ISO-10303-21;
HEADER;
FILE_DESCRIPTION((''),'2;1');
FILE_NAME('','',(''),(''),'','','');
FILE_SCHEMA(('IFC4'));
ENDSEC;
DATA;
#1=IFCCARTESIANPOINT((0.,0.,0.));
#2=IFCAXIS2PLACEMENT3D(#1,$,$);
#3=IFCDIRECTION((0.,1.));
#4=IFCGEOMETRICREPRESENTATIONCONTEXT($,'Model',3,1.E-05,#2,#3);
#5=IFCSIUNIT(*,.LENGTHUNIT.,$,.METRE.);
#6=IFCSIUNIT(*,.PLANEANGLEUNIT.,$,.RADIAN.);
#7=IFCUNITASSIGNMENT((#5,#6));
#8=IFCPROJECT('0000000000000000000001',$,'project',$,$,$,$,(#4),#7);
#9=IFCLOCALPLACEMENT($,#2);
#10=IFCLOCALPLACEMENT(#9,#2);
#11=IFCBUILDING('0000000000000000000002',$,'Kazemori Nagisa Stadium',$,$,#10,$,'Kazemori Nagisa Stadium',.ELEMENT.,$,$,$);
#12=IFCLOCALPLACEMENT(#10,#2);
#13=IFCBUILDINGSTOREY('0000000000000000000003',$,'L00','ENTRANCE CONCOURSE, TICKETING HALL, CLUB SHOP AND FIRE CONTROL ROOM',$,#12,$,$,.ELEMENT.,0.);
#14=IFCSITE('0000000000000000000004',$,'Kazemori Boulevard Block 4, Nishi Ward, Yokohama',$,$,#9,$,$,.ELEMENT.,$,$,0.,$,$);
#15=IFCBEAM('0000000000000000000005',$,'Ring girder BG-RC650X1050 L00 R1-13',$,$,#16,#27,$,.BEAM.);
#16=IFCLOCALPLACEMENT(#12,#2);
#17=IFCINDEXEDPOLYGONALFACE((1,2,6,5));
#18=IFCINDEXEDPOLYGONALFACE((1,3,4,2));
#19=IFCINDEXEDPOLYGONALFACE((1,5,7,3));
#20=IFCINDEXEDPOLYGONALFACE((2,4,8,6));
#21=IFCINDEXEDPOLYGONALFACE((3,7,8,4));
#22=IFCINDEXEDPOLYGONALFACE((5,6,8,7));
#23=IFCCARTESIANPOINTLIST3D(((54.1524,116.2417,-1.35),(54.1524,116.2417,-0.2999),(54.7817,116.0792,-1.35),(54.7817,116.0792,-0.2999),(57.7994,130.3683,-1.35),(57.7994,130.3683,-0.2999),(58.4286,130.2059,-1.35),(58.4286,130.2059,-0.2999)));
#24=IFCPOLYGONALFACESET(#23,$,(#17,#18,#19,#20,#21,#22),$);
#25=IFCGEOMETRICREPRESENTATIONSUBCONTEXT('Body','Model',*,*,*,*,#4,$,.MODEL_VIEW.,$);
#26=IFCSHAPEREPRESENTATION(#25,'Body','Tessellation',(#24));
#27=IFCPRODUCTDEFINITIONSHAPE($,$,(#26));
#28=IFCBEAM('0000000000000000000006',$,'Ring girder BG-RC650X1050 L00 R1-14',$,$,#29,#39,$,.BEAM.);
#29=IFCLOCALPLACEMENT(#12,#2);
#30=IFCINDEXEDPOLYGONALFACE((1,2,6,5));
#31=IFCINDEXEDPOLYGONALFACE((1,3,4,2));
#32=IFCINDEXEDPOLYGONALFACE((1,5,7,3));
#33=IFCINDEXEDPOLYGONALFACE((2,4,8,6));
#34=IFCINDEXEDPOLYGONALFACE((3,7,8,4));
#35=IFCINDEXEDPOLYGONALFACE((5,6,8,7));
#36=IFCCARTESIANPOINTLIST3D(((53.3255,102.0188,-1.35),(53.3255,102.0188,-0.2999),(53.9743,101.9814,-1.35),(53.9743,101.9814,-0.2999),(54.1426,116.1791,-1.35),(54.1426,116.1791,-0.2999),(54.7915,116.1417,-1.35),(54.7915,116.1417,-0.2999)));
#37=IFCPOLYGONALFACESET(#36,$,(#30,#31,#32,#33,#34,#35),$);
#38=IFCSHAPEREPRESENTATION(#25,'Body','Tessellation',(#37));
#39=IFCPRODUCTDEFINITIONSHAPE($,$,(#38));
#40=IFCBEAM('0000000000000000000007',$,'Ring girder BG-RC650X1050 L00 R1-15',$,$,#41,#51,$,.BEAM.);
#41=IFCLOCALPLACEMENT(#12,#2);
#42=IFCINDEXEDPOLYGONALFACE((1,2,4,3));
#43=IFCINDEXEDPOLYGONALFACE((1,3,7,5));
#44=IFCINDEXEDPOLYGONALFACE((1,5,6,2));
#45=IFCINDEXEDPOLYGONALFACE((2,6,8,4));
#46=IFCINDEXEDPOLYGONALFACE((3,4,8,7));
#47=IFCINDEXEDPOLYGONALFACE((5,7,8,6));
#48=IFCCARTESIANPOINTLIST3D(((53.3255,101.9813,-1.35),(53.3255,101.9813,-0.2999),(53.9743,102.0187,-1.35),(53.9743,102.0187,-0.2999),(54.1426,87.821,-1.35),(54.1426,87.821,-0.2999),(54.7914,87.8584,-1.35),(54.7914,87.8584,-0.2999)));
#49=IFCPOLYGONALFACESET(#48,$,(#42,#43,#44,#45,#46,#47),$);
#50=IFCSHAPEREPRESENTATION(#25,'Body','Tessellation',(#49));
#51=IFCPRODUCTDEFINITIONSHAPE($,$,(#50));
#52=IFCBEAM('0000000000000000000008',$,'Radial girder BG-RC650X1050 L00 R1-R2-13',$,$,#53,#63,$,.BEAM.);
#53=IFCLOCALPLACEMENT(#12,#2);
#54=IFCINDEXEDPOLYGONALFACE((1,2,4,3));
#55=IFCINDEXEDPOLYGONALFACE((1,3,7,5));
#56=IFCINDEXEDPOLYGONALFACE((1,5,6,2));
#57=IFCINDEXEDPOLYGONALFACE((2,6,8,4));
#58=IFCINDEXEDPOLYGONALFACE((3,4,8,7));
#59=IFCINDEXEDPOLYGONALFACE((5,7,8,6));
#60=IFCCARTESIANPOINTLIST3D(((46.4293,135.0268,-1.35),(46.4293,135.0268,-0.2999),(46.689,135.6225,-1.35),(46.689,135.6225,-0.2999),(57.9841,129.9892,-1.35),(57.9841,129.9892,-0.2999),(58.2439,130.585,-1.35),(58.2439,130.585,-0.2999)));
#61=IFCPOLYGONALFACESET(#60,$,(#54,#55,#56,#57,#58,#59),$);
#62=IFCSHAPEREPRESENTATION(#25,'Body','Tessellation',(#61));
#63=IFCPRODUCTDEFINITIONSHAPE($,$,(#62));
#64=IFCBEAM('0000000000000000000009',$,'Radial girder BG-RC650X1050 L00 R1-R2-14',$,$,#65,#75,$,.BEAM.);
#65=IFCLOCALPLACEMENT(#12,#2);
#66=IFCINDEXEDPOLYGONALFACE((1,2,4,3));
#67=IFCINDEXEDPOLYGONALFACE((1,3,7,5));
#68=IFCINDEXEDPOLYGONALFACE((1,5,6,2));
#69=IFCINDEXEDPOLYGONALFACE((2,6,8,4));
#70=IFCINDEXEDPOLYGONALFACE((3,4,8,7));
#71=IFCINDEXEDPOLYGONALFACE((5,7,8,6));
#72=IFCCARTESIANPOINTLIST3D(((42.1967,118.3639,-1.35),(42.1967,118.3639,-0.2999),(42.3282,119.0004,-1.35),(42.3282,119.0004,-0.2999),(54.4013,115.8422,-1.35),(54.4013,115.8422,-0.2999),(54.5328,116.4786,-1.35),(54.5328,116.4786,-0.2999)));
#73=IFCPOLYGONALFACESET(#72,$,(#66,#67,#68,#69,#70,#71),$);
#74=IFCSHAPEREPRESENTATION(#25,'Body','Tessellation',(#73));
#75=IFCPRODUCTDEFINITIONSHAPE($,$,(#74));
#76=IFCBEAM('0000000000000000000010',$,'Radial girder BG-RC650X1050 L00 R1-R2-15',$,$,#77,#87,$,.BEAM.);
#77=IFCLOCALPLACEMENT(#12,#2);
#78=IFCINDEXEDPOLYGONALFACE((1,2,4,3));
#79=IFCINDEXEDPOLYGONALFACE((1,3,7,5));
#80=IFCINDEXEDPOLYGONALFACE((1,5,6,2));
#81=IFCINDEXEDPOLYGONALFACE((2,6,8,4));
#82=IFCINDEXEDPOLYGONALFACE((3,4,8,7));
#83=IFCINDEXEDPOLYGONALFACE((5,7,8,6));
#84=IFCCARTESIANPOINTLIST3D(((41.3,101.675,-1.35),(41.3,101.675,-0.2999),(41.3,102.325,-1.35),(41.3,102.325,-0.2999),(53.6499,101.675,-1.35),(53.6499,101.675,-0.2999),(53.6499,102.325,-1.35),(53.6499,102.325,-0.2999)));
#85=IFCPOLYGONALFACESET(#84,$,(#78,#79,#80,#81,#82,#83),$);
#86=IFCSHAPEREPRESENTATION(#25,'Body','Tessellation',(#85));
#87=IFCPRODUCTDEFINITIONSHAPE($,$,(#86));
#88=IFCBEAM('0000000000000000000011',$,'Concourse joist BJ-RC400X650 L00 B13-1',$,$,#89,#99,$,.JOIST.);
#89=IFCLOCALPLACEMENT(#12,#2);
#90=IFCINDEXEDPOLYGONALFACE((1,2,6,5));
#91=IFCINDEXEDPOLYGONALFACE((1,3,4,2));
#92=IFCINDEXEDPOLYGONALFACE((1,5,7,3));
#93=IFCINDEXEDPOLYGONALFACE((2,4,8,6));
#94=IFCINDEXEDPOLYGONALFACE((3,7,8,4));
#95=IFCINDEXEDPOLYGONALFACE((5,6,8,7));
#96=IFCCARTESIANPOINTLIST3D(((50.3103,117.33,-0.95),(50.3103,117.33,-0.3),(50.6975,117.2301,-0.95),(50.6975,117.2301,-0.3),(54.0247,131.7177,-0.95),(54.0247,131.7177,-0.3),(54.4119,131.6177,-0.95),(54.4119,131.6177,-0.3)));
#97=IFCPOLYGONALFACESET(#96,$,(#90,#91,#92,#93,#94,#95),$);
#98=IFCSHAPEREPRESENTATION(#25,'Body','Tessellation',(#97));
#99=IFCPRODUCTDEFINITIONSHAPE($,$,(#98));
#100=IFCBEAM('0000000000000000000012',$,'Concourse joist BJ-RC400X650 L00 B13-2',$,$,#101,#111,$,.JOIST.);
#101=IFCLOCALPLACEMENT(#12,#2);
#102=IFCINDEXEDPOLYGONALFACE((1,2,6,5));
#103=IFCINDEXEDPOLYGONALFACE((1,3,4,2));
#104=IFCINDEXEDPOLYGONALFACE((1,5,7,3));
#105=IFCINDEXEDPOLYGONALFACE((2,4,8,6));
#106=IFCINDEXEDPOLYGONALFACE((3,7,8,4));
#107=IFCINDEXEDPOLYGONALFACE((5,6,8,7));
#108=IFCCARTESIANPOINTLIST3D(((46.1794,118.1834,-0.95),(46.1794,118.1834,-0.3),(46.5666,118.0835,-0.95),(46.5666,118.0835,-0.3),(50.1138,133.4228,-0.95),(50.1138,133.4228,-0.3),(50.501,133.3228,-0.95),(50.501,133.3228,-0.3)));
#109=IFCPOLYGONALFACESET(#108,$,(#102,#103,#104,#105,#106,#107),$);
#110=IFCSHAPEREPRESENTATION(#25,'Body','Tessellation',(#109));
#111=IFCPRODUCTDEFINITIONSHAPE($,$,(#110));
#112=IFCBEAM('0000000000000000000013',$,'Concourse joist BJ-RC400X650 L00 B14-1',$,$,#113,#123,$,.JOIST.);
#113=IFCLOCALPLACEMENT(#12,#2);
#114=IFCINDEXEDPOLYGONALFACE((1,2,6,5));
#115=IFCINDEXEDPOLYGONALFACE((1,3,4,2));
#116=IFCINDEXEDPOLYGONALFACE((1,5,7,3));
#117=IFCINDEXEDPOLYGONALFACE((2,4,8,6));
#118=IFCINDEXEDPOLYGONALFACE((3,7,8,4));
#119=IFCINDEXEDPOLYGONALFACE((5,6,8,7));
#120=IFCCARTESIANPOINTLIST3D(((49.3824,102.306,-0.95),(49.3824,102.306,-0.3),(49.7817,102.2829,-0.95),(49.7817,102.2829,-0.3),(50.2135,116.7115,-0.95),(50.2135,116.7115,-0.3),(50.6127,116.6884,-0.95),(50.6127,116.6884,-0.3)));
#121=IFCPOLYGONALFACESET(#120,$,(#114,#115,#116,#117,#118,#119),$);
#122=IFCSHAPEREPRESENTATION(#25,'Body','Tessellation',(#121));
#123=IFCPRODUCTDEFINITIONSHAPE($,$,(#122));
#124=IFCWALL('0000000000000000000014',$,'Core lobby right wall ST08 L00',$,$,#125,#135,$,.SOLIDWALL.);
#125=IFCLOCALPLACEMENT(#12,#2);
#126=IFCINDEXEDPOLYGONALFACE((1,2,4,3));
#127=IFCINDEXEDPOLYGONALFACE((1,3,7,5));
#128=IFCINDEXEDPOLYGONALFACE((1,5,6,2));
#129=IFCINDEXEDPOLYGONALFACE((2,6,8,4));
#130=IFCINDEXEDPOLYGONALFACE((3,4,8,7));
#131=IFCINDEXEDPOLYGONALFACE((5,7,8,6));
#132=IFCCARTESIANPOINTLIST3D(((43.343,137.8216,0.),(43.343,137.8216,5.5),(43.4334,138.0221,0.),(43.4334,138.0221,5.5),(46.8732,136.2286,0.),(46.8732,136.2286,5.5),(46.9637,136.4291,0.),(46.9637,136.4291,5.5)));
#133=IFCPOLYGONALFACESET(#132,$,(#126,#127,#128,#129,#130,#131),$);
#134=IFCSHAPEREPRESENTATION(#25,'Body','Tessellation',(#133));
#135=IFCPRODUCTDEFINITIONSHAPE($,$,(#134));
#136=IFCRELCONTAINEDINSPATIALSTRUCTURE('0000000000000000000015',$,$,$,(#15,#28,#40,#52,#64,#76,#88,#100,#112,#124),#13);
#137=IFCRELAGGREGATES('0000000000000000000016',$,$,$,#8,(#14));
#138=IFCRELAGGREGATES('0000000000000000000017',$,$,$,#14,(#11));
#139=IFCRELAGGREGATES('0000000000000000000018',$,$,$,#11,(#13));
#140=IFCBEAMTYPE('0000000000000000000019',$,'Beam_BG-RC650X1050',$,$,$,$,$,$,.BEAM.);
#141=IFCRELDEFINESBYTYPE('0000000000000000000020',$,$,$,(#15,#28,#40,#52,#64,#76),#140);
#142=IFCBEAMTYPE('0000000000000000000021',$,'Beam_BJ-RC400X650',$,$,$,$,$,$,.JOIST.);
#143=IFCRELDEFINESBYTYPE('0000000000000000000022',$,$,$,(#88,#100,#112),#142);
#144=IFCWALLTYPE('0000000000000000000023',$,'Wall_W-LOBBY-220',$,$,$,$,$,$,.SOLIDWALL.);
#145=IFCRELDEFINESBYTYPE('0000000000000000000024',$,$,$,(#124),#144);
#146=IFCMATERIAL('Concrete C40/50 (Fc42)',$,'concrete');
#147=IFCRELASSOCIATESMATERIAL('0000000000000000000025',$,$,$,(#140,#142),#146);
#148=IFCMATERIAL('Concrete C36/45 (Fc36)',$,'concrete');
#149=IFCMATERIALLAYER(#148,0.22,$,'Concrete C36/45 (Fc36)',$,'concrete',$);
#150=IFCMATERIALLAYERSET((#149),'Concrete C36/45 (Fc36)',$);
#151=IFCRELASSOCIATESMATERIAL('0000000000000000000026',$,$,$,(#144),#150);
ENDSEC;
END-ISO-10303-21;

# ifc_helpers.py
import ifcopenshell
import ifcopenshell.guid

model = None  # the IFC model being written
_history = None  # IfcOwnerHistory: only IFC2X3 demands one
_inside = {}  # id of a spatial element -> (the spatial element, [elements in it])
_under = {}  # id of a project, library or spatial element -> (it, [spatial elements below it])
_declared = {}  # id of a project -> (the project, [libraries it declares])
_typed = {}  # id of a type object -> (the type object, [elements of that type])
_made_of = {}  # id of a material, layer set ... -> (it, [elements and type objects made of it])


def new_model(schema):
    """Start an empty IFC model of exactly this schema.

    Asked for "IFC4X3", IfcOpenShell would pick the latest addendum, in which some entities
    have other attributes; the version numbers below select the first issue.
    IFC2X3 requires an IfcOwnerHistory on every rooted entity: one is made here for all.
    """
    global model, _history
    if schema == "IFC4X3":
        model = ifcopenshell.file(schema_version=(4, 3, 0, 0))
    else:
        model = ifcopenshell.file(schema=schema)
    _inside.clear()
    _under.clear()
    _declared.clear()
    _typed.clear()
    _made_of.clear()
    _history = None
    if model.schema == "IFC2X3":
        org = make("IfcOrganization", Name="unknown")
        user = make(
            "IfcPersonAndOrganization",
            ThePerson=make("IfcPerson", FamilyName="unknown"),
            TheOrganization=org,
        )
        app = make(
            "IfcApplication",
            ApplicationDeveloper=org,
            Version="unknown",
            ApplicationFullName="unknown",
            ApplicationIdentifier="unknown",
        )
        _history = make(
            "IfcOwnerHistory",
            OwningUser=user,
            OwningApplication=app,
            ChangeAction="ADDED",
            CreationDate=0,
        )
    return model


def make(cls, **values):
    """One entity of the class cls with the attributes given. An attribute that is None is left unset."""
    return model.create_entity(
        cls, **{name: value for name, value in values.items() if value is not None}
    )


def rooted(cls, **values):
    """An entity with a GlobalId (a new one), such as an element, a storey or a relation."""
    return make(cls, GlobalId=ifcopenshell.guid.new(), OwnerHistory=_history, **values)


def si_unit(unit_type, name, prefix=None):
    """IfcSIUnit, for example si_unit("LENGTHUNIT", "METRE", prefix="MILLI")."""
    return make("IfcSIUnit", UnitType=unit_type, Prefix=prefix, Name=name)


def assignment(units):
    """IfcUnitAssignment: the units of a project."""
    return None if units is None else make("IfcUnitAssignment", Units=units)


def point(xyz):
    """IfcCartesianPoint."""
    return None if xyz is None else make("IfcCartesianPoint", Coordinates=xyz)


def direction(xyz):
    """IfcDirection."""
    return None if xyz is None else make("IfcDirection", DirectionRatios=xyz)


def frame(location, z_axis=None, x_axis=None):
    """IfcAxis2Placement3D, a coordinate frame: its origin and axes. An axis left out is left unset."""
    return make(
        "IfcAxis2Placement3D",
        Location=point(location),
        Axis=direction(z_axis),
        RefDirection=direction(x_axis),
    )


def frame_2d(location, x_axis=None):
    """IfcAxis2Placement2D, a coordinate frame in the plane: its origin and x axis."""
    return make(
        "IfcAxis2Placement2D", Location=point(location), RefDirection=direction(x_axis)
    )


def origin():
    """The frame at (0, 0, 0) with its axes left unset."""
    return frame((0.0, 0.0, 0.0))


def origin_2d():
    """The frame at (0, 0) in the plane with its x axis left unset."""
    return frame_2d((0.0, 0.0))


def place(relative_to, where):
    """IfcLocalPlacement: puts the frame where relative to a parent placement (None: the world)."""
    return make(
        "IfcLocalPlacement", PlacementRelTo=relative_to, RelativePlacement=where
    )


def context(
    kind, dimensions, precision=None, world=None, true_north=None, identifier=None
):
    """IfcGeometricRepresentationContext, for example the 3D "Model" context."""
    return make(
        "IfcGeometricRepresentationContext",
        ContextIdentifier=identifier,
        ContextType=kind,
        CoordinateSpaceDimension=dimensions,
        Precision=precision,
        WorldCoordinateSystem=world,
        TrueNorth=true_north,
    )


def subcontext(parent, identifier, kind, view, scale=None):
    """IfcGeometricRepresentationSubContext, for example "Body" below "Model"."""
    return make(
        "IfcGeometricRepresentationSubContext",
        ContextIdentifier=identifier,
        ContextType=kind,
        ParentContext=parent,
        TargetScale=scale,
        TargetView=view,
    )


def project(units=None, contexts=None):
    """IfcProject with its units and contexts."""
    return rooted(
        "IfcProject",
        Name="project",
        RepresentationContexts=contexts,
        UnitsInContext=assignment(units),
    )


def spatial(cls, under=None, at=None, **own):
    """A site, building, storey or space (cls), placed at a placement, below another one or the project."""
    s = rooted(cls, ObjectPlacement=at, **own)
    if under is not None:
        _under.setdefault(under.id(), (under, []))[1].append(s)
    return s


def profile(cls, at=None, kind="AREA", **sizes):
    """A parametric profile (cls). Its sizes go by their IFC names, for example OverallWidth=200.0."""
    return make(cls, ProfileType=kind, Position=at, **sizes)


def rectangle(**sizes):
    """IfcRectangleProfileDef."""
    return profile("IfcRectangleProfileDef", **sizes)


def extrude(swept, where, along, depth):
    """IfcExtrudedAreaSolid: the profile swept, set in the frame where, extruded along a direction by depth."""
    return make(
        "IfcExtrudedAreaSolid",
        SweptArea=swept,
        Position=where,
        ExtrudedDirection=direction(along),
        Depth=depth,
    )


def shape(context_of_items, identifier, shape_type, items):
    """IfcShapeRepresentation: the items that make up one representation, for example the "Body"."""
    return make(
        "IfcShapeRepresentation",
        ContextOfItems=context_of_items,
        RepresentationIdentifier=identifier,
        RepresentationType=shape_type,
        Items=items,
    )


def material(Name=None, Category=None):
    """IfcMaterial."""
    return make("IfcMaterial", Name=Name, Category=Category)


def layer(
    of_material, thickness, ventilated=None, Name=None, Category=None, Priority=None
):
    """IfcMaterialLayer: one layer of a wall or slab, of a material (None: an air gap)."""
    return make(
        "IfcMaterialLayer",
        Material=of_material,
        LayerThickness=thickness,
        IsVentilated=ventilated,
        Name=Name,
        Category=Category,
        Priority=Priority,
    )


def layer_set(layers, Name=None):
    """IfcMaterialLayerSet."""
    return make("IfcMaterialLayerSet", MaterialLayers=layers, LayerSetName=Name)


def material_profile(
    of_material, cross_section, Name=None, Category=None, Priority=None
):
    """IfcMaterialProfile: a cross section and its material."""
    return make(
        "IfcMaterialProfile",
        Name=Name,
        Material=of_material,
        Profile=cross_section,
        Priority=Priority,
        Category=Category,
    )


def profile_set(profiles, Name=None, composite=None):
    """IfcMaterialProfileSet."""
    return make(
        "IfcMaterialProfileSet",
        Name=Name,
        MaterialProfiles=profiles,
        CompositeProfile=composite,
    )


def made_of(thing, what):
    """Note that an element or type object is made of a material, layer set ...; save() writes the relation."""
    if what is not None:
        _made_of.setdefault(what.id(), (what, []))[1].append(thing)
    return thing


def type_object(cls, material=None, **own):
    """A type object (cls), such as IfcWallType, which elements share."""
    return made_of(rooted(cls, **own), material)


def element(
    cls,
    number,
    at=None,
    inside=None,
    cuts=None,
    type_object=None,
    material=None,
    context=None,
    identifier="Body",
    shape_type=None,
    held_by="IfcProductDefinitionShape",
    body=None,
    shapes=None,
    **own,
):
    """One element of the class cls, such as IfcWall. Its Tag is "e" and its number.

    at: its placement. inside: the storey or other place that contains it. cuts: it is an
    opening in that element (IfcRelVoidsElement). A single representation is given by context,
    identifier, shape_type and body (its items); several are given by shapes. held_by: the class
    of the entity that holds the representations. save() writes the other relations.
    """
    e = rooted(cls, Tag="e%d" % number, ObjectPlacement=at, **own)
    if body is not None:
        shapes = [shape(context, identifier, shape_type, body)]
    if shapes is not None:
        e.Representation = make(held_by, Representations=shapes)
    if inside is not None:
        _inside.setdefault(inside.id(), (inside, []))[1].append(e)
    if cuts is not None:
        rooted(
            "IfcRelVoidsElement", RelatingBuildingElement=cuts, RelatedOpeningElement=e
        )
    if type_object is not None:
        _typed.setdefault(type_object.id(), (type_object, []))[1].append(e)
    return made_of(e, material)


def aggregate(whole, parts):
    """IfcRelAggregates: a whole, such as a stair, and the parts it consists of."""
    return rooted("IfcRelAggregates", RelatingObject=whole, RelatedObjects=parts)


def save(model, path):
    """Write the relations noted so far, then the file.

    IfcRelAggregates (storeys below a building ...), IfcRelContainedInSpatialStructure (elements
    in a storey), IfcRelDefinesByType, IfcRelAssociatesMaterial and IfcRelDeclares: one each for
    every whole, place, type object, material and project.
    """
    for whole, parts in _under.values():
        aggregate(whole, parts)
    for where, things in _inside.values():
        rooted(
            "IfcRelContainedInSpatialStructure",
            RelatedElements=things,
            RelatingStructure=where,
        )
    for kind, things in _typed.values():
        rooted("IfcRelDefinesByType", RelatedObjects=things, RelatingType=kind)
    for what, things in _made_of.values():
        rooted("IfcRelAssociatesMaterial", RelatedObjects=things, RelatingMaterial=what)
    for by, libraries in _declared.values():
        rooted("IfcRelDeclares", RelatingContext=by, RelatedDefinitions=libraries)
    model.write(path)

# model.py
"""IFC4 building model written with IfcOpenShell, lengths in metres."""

from ifc_helpers import new_model, si_unit, direction, frame, frame_2d, origin, origin_2d, place, context, subcontext, project, spatial, rectangle, extrude, material, layer, layer_set, material_profile, profile_set, type_object, element, save


model = new_model("IFC4")

# Units and contexts
model_context = context("Model", 3, precision=1e-05, world=origin(), true_north=direction((0.0, 1.0)))
body_context = subcontext(model_context, "Body", "Model", "MODEL_VIEW")
ifc_project = project(units=[si_unit("LENGTHUNIT", "METRE"), si_unit("PLANEANGLEUNIT", "RADIAN")], contexts=[model_context])

# Site, building, storey
site_placement = place(None, origin())
site = spatial("IfcSite", under=ifc_project, at=site_placement, Name="Kazemori Boulevard Block 4, Nishi Ward, Yokohama", CompositionType="ELEMENT", RefElevation=0.0)
building_placement = place(site_placement, origin())
building = spatial("IfcBuilding", under=site, at=building_placement, Name="Kazemori Nagisa Stadium", LongName="Kazemori Nagisa Stadium", CompositionType="ELEMENT")
storey_placement = place(building_placement, origin())
storey = spatial("IfcBuildingStorey", under=building, at=storey_placement, Name="L00", Description="ENTRANCE CONCOURSE, TICKETING HALL, CLUB SHOP AND FIRE CONTROL ROOM", CompositionType="ELEMENT", Elevation=0.0)

# Shared definitions
ifc_material_1 = material(Name="Concrete C40/50 (Fc42)", Category="concrete")

# Beams
ifc_material_profile_1 = material_profile(ifc_material_1, rectangle(XDim=0.6499, YDim=1.05, at=origin_2d()), Name="RC-BM-650x1050")
ifc_profile_set_1 = profile_set([ifc_material_profile_1], Name="Concrete C40/50 (Fc42)")
beam_type_1 = type_object("IfcBeamType", Name="Beam_BG-RC650X1050", PredefinedType="BEAM", material=ifc_profile_set_1)
beam_1_placement = place(storey_placement, frame((58.114, 130.2871, -0.825), z_axis=(-0.249966, -0.968255, 0.0), x_axis=(0.968255, -0.249966, 0.0)))
element("IfcBeam", 1, at=beam_1_placement, inside=storey, type_object=beam_type_1, Name="Ring girder BG-RC650X1050 L00 R1-13", PredefinedType="BEAM", context=body_context, shape_type="SweptSolid", body=[
    extrude(rectangle(XDim=0.6499, YDim=1.05, at=origin_2d()), origin(), (0.0, 0.0, 1.0), 14.5898),
])
for number, where, z_axis, x_axis, name in (
    (2, (54.467, 116.1604, -0.825), (-0.05761, -0.998339, 0.0), (0.998339, -0.05761, 0.0), "Ring girder BG-RC650X1050 L00 R1-14"),
    (3, (53.6499, 102.0, -0.825), (0.05761, -0.998339, 0.0), (0.998339, 0.05761, 0.0), "Ring girder BG-RC650X1050 L00 R1-15"),
):
    element("IfcBeam", number, at=place(storey_placement, frame(where, z_axis=z_axis, x_axis=x_axis)), inside=storey, type_object=beam_type_1, Name=name, PredefinedType="BEAM", context=body_context, shape_type="SweptSolid", body=[
        extrude(rectangle(XDim=0.6499, YDim=1.05, at=origin_2d()), origin(), (0.0, 0.0, 1.0), 14.1838),
    ])
beam_2_placement = place(storey_placement, frame((58.114, 130.2871, -0.825), z_axis=(-0.916672, 0.399641, 0.0), x_axis=(-0.399641, -0.916672, 0.0)))
element("IfcBeam", 4, at=beam_2_placement, inside=storey, type_object=beam_type_1, Name="Radial girder BG-RC650X1050 L00 R1-R2-13", PredefinedType="BEAM", context=body_context, shape_type="SweptSolid", body=[
    extrude(rectangle(XDim=0.6499, YDim=1.05, at=origin_2d()), origin(), (0.0, 0.0, 1.0), 12.6052),
])
beam_3_placement = place(storey_placement, frame((54.467, 116.1604, -0.825), z_axis=(-0.979314, 0.202347, 0.0), x_axis=(-0.202347, -0.979314, 0.0)))
element("IfcBeam", 5, at=beam_3_placement, inside=storey, type_object=beam_type_1, Name="Radial girder BG-RC650X1050 L00 R1-R2-14", PredefinedType="BEAM", context=body_context, shape_type="SweptSolid", body=[
    extrude(rectangle(XDim=0.6499, YDim=1.05, at=origin_2d()), origin(), (0.0, 0.0, 1.0), 12.4624),
])
beam_4_placement = place(storey_placement, frame((53.6499, 102.0, -0.825), z_axis=(-1.0, 0.0, 0.0), x_axis=(0.0, -1.0, 0.0)))
element("IfcBeam", 6, at=beam_4_placement, inside=storey, type_object=beam_type_1, Name="Radial girder BG-RC650X1050 L00 R1-R2-15", PredefinedType="BEAM", context=body_context, shape_type="SweptSolid", body=[
    extrude(rectangle(XDim=0.6499, YDim=1.05, at=origin_2d()), origin(), (0.0, 0.0, 1.0), 12.3499),
])
ifc_material_profile_2 = material_profile(ifc_material_1, rectangle(XDim=0.3999, YDim=0.6499, at=origin_2d()), Name="RC-BM-400x650")
ifc_profile_set_2 = profile_set([ifc_material_profile_2], Name="Concrete C40/50 (Fc42)")
beam_type_2 = type_object("IfcBeamType", Name="Beam_BJ-RC400X650", PredefinedType="JOIST", material=ifc_profile_set_2)
beam_5_placement = place(storey_placement, frame((54.2183, 131.6677, -0.625), z_axis=(-0.249966, -0.968254, 0.0), x_axis=(0.968254, -0.249966, 0.0)))
element("IfcBeam", 7, at=beam_5_placement, inside=storey, type_object=beam_type_2, Name="Concourse joist BJ-RC400X650 L00 B13-1", PredefinedType="JOIST", context=body_context, shape_type="SweptSolid", body=[
    extrude(rectangle(XDim=0.3999, YDim=0.6499, at=origin_2d()), origin(), (0.0, 0.0, 1.0), 14.8594),
])
beam_6_placement = place(storey_placement, frame((50.3074, 133.3728, -0.625), z_axis=(-0.249974, -0.968252, 0.0), x_axis=(0.968252, -0.249974, 0.0)))
element("IfcBeam", 8, at=beam_6_placement, inside=storey, type_object=beam_type_2, Name="Concourse joist BJ-RC400X650 L00 B13-2", PredefinedType="JOIST", context=body_context, shape_type="SweptSolid", body=[
    extrude(rectangle(XDim=0.3999, YDim=0.6499, at=origin_2d()), origin(), (0.0, 0.0, 1.0), 15.739),
])
beam_7_placement = place(storey_placement, frame((50.4131, 116.7, -0.625), z_axis=(-0.057594, -0.99834, 0.0), x_axis=(0.99834, -0.057594, 0.0)))
element("IfcBeam", 9, at=beam_7_placement, inside=storey, type_object=beam_type_2, Name="Concourse joist BJ-RC400X650 L00 B14-1", PredefinedType="JOIST", context=body_context, shape_type="SweptSolid", body=[
    extrude(rectangle(XDim=0.3999, YDim=0.6499, at=origin_2d()), origin(), (0.0, 0.0, 1.0), 14.4294),
])

# Wall
ifc_material_2 = material(Name="Concrete C36/45 (Fc36)", Category="concrete")
ifc_layer = layer(ifc_material_2, 0.22, Name="Concrete C36/45 (Fc36)", Category="concrete")
ifc_layer_set = layer_set([ifc_layer], Name="Concrete C36/45 (Fc36)")
wall_type = type_object("IfcWallType", Name="Wall_W-LOBBY-220", PredefinedType="SOLIDWALL", material=ifc_layer_set)
wall_placement = place(storey_placement, frame((46.9185, 136.3289, 0.0), z_axis=(0.0, 0.0, 1.0), x_axis=(-0.911496, 0.411308, 0.0)))
element("IfcWall", 10, at=wall_placement, inside=storey, type_object=wall_type, Name="Core lobby right wall ST08 L00", PredefinedType="SOLIDWALL", context=body_context, shape_type="SweptSolid", body=[
    extrude(rectangle(XDim=3.873, YDim=0.22, at=frame_2d((1.9365, 0.0))), origin(), (0.0, 0.0, 1.0), 5.5),
])

save(model, "model.ifc")
